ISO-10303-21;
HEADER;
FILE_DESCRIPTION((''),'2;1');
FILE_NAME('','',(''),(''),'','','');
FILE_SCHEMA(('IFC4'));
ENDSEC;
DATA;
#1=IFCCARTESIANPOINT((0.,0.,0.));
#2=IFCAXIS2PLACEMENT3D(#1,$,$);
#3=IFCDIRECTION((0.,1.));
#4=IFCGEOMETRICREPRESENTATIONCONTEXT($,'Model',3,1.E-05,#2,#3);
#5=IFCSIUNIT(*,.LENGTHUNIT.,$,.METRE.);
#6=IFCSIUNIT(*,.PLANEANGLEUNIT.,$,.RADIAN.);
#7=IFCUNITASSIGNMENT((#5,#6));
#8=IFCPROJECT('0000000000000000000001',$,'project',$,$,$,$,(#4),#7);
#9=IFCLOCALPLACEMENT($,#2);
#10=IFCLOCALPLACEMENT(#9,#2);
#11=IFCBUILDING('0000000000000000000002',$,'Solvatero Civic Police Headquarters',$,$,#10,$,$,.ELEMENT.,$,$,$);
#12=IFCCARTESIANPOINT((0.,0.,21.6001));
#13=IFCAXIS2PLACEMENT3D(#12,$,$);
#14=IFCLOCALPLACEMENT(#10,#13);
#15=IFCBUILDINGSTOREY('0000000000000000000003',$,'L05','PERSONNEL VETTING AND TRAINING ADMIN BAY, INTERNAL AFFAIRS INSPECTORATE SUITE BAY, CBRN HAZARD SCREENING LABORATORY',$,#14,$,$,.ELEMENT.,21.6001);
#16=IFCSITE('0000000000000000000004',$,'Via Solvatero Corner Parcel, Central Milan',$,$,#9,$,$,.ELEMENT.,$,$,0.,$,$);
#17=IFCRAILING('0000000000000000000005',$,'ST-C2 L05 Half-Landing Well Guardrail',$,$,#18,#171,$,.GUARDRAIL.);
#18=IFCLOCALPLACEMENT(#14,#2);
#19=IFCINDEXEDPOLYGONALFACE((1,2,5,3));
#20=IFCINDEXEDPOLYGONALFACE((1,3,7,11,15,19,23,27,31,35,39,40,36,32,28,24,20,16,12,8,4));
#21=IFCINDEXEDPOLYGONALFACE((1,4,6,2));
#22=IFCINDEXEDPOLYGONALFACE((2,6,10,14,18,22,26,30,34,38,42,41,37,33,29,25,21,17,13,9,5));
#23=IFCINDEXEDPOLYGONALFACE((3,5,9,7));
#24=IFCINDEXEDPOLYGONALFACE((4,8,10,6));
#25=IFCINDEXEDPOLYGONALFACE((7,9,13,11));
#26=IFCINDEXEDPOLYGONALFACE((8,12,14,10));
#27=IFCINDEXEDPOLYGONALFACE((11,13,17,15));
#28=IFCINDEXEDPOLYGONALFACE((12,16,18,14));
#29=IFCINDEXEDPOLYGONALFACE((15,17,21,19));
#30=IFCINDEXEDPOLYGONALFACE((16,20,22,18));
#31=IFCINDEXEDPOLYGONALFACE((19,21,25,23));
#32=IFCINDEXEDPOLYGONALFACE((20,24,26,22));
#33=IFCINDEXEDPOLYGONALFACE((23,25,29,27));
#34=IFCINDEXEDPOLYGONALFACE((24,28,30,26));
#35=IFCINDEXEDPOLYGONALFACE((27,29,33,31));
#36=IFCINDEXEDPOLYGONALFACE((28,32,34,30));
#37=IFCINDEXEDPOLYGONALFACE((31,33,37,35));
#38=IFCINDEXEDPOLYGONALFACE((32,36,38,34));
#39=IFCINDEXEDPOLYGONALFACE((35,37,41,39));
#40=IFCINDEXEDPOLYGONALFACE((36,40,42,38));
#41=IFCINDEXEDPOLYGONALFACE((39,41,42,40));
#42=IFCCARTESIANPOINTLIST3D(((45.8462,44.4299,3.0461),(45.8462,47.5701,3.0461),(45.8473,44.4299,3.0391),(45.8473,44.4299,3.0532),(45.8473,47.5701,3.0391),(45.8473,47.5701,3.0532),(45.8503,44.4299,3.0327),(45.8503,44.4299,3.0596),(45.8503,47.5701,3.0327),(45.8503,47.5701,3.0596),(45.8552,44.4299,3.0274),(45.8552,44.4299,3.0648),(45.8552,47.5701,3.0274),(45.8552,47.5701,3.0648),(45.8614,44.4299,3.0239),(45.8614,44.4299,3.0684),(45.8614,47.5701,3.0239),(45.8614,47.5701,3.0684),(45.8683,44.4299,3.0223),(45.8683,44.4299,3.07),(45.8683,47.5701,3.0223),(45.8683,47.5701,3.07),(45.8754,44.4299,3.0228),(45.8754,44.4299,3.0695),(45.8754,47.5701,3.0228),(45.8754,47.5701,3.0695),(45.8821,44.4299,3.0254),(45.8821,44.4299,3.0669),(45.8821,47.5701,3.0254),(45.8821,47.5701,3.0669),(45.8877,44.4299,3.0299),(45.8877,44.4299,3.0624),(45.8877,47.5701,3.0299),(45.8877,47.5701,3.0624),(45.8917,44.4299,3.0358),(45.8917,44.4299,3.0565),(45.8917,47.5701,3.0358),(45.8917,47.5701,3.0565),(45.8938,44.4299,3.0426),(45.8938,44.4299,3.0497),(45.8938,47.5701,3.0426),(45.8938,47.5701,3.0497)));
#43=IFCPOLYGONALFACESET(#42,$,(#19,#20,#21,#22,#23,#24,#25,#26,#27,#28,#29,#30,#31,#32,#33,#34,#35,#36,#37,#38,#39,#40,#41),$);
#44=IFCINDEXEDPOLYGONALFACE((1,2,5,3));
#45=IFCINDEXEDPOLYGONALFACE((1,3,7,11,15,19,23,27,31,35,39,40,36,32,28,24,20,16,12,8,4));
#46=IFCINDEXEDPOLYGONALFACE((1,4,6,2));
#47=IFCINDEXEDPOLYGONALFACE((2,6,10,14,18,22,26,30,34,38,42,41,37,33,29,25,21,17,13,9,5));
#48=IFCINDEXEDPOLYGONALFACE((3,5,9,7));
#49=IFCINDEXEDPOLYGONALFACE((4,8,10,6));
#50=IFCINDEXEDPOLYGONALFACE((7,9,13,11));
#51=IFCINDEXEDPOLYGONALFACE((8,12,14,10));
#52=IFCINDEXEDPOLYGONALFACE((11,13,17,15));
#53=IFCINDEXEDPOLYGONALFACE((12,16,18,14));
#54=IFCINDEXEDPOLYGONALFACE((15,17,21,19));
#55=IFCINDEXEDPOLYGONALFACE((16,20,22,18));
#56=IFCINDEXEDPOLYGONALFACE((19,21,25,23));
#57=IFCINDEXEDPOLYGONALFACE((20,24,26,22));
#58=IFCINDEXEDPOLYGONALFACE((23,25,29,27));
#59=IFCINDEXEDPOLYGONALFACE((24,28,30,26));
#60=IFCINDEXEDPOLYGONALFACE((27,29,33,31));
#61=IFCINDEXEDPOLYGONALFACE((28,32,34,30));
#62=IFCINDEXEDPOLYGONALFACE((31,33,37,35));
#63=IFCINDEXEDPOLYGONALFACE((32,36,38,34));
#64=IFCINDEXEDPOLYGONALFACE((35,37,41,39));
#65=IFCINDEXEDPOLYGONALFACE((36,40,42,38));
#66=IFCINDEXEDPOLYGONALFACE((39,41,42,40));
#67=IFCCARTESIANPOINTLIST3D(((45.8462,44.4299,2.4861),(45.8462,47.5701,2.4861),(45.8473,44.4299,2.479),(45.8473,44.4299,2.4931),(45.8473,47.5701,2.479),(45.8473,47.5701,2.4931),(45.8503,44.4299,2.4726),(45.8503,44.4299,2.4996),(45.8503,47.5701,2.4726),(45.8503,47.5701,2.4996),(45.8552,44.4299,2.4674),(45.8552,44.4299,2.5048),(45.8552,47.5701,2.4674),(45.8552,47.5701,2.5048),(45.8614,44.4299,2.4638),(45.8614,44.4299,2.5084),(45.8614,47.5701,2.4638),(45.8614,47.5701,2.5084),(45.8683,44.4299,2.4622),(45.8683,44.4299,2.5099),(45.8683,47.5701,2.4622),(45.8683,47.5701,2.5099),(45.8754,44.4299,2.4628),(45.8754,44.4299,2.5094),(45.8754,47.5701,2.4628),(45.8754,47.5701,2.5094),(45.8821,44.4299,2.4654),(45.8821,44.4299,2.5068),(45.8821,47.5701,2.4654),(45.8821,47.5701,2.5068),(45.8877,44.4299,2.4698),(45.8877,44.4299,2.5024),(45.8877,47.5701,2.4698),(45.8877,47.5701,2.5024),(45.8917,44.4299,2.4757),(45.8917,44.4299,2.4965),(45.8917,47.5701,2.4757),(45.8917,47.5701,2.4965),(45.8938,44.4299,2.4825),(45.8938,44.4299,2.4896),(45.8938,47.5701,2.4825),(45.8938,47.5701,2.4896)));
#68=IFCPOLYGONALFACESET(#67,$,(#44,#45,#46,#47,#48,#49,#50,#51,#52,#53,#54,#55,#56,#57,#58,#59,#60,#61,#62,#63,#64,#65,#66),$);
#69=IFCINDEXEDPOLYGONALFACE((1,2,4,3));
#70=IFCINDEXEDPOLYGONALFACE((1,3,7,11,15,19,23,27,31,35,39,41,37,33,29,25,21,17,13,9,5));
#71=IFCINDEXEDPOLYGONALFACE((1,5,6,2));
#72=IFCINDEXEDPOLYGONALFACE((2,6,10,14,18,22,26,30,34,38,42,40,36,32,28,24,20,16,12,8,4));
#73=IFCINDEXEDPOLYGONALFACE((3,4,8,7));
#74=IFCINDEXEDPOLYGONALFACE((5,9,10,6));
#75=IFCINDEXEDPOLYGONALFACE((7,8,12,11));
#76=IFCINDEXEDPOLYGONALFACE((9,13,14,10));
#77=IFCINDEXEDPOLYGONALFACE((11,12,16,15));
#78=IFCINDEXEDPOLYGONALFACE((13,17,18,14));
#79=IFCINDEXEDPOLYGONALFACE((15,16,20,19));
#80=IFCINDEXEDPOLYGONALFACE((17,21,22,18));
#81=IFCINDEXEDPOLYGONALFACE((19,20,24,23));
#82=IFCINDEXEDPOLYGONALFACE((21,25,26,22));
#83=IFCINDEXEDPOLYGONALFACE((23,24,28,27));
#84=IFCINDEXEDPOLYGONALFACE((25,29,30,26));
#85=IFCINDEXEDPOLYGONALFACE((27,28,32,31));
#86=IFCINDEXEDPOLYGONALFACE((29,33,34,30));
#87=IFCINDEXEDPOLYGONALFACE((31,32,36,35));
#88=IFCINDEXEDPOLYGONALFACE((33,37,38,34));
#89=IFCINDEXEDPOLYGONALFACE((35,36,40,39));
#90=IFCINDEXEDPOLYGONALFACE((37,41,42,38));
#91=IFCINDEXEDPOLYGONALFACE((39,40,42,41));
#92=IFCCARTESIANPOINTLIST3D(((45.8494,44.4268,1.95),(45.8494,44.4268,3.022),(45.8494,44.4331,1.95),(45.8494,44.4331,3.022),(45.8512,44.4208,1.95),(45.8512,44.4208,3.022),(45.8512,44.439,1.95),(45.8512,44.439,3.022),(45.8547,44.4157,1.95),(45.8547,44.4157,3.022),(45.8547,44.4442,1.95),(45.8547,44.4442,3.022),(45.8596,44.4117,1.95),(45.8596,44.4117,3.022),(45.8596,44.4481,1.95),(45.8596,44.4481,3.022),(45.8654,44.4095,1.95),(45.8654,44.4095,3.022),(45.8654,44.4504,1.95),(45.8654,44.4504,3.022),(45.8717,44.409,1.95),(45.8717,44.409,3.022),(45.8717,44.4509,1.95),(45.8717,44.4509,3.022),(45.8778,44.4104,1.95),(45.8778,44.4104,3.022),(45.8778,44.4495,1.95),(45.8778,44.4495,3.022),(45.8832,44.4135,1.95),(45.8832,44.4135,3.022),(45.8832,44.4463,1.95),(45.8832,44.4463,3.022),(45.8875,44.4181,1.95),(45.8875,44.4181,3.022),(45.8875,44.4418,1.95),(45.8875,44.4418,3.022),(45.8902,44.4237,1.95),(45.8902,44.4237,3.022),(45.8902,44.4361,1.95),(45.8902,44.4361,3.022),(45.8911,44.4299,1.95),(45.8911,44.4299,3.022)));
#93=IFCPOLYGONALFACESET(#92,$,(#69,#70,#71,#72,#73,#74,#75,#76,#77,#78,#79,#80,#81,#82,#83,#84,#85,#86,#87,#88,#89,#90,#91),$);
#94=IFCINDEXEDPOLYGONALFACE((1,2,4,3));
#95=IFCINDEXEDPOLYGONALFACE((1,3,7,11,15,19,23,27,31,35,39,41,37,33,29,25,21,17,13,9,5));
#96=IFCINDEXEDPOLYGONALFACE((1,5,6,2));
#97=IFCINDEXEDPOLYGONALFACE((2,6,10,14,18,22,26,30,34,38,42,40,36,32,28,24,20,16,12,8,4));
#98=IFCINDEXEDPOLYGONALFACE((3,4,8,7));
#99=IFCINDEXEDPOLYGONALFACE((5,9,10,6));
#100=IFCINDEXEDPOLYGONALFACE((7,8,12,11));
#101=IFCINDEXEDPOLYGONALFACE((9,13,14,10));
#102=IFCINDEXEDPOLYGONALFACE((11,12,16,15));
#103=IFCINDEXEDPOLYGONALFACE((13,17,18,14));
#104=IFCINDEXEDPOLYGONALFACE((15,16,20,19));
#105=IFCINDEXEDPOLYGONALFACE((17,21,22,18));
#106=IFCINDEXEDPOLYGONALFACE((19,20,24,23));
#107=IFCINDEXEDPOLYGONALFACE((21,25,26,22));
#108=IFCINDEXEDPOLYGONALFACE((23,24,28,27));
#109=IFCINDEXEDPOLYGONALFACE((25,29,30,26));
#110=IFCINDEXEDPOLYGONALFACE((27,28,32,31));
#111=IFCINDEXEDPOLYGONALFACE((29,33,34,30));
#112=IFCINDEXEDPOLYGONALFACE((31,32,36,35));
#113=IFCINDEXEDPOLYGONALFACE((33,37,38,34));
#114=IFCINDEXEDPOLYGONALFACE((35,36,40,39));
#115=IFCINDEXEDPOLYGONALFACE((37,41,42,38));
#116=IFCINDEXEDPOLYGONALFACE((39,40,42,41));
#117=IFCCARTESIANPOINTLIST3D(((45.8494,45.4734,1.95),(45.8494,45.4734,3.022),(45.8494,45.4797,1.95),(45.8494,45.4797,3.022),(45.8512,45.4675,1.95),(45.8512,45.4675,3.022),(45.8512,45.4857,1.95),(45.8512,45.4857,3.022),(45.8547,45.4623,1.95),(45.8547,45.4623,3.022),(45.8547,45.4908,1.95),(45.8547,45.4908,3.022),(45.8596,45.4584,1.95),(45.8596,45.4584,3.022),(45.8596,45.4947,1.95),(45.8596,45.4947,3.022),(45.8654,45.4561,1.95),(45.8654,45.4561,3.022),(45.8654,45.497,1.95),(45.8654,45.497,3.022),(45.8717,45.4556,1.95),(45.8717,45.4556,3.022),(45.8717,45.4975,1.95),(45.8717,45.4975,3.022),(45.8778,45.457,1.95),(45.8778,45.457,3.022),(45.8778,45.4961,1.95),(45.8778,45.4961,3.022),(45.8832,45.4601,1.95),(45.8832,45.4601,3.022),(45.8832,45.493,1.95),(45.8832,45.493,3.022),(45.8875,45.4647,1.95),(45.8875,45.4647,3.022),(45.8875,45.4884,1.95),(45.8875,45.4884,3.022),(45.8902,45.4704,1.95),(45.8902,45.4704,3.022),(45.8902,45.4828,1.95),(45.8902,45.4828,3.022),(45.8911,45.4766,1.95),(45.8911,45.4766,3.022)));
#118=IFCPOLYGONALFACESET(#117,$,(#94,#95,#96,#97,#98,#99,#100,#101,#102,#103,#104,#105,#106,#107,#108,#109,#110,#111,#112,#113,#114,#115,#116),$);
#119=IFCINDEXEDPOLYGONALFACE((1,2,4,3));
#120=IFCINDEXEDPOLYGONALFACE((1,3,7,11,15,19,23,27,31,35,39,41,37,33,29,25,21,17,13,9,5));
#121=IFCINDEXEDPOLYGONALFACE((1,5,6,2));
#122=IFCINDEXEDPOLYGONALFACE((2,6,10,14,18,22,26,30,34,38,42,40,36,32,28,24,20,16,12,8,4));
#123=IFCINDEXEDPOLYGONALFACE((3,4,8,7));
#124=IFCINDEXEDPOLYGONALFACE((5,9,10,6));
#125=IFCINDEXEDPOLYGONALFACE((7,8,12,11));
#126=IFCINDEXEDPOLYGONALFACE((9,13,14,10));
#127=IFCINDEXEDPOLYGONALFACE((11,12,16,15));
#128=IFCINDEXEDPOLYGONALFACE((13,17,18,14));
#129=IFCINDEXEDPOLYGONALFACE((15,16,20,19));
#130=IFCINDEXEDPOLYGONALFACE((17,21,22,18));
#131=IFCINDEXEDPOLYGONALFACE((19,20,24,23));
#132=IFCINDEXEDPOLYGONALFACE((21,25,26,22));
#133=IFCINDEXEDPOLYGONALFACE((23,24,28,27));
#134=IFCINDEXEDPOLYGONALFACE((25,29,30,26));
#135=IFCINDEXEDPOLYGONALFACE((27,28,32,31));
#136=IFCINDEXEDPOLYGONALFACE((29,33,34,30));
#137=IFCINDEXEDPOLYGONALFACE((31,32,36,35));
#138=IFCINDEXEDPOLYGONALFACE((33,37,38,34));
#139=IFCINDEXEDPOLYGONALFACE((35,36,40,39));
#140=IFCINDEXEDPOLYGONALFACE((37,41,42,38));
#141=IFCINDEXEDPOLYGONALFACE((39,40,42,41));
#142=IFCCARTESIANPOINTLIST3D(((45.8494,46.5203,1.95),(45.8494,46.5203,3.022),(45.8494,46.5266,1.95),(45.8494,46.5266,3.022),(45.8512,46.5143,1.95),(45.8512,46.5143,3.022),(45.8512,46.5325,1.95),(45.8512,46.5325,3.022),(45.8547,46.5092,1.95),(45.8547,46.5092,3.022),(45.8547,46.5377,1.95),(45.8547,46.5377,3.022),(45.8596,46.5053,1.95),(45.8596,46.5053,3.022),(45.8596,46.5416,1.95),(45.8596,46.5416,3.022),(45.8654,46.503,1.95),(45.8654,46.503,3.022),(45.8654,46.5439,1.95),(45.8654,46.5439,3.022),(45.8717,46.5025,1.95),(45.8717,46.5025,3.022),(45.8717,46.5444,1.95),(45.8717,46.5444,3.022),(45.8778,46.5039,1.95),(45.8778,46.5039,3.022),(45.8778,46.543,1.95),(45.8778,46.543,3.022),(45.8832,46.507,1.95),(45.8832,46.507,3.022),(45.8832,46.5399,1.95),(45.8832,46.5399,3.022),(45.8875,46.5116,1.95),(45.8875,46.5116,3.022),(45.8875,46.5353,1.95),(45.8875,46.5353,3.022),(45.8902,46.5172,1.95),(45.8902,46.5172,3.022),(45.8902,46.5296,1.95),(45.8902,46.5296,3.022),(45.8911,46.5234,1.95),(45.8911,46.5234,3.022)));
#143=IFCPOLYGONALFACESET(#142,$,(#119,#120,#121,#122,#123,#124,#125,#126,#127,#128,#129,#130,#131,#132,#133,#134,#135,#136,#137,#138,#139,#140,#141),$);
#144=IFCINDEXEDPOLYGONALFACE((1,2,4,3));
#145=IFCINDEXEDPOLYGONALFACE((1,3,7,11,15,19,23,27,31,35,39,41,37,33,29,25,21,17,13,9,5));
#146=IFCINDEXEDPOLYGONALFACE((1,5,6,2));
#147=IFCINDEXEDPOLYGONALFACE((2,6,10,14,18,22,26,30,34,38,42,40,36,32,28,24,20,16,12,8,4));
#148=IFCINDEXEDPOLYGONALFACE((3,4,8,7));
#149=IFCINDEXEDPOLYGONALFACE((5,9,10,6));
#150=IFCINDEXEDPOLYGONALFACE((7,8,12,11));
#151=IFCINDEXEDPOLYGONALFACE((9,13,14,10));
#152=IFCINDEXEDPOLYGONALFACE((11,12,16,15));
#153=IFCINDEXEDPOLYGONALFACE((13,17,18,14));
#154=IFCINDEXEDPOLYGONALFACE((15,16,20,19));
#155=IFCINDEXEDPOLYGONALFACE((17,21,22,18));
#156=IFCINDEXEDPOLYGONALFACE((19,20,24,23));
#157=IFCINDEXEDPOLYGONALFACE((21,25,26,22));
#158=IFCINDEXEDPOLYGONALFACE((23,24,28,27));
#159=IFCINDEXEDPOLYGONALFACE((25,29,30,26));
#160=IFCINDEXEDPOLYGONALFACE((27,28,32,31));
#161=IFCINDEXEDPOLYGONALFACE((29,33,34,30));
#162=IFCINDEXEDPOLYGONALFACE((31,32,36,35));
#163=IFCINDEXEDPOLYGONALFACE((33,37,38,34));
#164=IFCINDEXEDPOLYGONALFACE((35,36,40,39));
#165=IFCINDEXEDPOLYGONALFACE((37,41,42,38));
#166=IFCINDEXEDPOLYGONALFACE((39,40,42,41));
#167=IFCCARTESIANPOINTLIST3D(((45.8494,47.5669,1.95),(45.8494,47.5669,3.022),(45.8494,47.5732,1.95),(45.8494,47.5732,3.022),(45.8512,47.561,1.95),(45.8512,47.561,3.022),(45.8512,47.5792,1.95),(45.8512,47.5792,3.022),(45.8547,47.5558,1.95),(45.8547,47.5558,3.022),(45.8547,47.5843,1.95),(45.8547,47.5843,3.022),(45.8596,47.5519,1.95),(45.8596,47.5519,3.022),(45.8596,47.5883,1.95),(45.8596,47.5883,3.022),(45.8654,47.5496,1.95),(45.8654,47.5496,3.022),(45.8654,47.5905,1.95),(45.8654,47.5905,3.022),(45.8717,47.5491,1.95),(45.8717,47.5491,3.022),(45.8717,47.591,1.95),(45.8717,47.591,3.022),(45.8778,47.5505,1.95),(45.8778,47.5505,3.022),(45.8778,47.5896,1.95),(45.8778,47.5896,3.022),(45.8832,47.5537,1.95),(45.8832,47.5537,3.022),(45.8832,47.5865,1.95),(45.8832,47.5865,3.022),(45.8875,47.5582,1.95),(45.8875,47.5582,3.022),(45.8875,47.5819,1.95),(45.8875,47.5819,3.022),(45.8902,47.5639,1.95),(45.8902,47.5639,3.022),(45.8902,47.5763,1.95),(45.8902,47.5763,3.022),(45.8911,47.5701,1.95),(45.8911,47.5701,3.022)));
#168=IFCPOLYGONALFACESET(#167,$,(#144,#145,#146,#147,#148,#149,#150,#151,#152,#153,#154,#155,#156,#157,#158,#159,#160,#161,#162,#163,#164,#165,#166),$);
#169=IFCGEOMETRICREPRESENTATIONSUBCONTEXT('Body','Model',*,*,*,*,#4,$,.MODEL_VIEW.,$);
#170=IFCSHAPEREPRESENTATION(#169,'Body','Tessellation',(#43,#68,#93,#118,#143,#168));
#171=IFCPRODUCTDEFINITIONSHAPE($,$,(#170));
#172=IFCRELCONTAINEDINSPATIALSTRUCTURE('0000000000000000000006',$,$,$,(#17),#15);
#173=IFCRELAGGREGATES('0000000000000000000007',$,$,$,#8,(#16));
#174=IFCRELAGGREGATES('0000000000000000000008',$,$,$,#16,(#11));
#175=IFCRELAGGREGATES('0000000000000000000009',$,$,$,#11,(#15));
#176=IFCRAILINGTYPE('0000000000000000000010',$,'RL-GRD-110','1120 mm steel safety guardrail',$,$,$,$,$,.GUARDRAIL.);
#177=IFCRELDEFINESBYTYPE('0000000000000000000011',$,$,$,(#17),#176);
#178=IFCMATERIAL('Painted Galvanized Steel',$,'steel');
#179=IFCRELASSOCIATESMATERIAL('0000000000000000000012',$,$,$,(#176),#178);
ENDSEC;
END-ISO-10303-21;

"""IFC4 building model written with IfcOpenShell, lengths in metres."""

from ifc_helpers import new_model, si_unit, direction, frame, origin, origin_2d, place, context, subcontext, project, spatial, circle, extrude, material, type_object, element, save


model = new_model("IFC4")

# Units and contexts
model_context = context("Model", 3, precision=1e-05, world=origin(), true_north=direction((0.0, 1.0)))
body_context = subcontext(model_context, "Body", "Model", "MODEL_VIEW")
ifc_project = project(units=[si_unit("LENGTHUNIT", "METRE"), si_unit("PLANEANGLEUNIT", "RADIAN")], contexts=[model_context])

# Site, building, storey
site_placement = place(None, origin())
site = spatial("IfcSite", under=ifc_project, at=site_placement, Name="Via Solvatero Corner Parcel, Central Milan", CompositionType="ELEMENT", RefElevation=0.0)
building_placement = place(site_placement, origin())
building = spatial("IfcBuilding", under=site, at=building_placement, Name="Solvatero Civic Police Headquarters", CompositionType="ELEMENT")
storey_placement = place(building_placement, frame((0.0, 0.0, 21.6001)))
storey = spatial("IfcBuildingStorey", under=building, at=storey_placement, Name="L05", Description="PERSONNEL VETTING AND TRAINING ADMIN BAY, INTERNAL AFFAIRS INSPECTORATE SUITE BAY, CBRN HAZARD SCREENING LABORATORY", CompositionType="ELEMENT", Elevation=21.6001)

# Railing
ifc_material_1 = material(Name="Painted Galvanized Steel", Category="steel")
railing_type_1 = type_object("IfcRailingType", Name="RL-GRD-110", Description="1120 mm steel safety guardrail", PredefinedType="GUARDRAIL", material=ifc_material_1)
railing_1_placement = place(storey_placement, frame((45.8701, 44.4299, 1.95)))
element("IfcRailing", 1, at=railing_1_placement, inside=storey, type_object=railing_type_1, Name="ST-C2 L05 Half-Landing Well Guardrail", PredefinedType="GUARDRAIL", context=body_context, shape_type="SweptSolid", body=[
    extrude(circle(Radius=0.0239, at=origin_2d()), frame((0.0, 0.0, 1.0962), z_axis=(0.0, 1.0, 0.0), x_axis=(-1.0, 0.0, 0.0)), (0.0, 0.0, 1.0), 3.1401),
    extrude(circle(Radius=0.0239, at=origin_2d()), frame((0.0, 0.0, 0.5361), z_axis=(0.0, 1.0, 0.0), x_axis=(-1.0, 0.0, 0.0)), (0.0, 0.0, 1.0), 3.1401),
    extrude(circle(Radius=0.021, at=origin_2d()), origin(), (0.0, 0.0, 1.0), 1.072),
    extrude(circle(Radius=0.021, at=origin_2d()), frame((0.0, 1.0466, 0.0)), (0.0, 0.0, 1.0), 1.072),
    extrude(circle(Radius=0.021, at=origin_2d()), frame((0.0, 2.0935, 0.0)), (0.0, 0.0, 1.0), 1.072),
    extrude(circle(Radius=0.021, at=origin_2d()), frame((0.0, 3.1401, 0.0)), (0.0, 0.0, 1.0), 1.072),
])

save(model, "model.ifc")
